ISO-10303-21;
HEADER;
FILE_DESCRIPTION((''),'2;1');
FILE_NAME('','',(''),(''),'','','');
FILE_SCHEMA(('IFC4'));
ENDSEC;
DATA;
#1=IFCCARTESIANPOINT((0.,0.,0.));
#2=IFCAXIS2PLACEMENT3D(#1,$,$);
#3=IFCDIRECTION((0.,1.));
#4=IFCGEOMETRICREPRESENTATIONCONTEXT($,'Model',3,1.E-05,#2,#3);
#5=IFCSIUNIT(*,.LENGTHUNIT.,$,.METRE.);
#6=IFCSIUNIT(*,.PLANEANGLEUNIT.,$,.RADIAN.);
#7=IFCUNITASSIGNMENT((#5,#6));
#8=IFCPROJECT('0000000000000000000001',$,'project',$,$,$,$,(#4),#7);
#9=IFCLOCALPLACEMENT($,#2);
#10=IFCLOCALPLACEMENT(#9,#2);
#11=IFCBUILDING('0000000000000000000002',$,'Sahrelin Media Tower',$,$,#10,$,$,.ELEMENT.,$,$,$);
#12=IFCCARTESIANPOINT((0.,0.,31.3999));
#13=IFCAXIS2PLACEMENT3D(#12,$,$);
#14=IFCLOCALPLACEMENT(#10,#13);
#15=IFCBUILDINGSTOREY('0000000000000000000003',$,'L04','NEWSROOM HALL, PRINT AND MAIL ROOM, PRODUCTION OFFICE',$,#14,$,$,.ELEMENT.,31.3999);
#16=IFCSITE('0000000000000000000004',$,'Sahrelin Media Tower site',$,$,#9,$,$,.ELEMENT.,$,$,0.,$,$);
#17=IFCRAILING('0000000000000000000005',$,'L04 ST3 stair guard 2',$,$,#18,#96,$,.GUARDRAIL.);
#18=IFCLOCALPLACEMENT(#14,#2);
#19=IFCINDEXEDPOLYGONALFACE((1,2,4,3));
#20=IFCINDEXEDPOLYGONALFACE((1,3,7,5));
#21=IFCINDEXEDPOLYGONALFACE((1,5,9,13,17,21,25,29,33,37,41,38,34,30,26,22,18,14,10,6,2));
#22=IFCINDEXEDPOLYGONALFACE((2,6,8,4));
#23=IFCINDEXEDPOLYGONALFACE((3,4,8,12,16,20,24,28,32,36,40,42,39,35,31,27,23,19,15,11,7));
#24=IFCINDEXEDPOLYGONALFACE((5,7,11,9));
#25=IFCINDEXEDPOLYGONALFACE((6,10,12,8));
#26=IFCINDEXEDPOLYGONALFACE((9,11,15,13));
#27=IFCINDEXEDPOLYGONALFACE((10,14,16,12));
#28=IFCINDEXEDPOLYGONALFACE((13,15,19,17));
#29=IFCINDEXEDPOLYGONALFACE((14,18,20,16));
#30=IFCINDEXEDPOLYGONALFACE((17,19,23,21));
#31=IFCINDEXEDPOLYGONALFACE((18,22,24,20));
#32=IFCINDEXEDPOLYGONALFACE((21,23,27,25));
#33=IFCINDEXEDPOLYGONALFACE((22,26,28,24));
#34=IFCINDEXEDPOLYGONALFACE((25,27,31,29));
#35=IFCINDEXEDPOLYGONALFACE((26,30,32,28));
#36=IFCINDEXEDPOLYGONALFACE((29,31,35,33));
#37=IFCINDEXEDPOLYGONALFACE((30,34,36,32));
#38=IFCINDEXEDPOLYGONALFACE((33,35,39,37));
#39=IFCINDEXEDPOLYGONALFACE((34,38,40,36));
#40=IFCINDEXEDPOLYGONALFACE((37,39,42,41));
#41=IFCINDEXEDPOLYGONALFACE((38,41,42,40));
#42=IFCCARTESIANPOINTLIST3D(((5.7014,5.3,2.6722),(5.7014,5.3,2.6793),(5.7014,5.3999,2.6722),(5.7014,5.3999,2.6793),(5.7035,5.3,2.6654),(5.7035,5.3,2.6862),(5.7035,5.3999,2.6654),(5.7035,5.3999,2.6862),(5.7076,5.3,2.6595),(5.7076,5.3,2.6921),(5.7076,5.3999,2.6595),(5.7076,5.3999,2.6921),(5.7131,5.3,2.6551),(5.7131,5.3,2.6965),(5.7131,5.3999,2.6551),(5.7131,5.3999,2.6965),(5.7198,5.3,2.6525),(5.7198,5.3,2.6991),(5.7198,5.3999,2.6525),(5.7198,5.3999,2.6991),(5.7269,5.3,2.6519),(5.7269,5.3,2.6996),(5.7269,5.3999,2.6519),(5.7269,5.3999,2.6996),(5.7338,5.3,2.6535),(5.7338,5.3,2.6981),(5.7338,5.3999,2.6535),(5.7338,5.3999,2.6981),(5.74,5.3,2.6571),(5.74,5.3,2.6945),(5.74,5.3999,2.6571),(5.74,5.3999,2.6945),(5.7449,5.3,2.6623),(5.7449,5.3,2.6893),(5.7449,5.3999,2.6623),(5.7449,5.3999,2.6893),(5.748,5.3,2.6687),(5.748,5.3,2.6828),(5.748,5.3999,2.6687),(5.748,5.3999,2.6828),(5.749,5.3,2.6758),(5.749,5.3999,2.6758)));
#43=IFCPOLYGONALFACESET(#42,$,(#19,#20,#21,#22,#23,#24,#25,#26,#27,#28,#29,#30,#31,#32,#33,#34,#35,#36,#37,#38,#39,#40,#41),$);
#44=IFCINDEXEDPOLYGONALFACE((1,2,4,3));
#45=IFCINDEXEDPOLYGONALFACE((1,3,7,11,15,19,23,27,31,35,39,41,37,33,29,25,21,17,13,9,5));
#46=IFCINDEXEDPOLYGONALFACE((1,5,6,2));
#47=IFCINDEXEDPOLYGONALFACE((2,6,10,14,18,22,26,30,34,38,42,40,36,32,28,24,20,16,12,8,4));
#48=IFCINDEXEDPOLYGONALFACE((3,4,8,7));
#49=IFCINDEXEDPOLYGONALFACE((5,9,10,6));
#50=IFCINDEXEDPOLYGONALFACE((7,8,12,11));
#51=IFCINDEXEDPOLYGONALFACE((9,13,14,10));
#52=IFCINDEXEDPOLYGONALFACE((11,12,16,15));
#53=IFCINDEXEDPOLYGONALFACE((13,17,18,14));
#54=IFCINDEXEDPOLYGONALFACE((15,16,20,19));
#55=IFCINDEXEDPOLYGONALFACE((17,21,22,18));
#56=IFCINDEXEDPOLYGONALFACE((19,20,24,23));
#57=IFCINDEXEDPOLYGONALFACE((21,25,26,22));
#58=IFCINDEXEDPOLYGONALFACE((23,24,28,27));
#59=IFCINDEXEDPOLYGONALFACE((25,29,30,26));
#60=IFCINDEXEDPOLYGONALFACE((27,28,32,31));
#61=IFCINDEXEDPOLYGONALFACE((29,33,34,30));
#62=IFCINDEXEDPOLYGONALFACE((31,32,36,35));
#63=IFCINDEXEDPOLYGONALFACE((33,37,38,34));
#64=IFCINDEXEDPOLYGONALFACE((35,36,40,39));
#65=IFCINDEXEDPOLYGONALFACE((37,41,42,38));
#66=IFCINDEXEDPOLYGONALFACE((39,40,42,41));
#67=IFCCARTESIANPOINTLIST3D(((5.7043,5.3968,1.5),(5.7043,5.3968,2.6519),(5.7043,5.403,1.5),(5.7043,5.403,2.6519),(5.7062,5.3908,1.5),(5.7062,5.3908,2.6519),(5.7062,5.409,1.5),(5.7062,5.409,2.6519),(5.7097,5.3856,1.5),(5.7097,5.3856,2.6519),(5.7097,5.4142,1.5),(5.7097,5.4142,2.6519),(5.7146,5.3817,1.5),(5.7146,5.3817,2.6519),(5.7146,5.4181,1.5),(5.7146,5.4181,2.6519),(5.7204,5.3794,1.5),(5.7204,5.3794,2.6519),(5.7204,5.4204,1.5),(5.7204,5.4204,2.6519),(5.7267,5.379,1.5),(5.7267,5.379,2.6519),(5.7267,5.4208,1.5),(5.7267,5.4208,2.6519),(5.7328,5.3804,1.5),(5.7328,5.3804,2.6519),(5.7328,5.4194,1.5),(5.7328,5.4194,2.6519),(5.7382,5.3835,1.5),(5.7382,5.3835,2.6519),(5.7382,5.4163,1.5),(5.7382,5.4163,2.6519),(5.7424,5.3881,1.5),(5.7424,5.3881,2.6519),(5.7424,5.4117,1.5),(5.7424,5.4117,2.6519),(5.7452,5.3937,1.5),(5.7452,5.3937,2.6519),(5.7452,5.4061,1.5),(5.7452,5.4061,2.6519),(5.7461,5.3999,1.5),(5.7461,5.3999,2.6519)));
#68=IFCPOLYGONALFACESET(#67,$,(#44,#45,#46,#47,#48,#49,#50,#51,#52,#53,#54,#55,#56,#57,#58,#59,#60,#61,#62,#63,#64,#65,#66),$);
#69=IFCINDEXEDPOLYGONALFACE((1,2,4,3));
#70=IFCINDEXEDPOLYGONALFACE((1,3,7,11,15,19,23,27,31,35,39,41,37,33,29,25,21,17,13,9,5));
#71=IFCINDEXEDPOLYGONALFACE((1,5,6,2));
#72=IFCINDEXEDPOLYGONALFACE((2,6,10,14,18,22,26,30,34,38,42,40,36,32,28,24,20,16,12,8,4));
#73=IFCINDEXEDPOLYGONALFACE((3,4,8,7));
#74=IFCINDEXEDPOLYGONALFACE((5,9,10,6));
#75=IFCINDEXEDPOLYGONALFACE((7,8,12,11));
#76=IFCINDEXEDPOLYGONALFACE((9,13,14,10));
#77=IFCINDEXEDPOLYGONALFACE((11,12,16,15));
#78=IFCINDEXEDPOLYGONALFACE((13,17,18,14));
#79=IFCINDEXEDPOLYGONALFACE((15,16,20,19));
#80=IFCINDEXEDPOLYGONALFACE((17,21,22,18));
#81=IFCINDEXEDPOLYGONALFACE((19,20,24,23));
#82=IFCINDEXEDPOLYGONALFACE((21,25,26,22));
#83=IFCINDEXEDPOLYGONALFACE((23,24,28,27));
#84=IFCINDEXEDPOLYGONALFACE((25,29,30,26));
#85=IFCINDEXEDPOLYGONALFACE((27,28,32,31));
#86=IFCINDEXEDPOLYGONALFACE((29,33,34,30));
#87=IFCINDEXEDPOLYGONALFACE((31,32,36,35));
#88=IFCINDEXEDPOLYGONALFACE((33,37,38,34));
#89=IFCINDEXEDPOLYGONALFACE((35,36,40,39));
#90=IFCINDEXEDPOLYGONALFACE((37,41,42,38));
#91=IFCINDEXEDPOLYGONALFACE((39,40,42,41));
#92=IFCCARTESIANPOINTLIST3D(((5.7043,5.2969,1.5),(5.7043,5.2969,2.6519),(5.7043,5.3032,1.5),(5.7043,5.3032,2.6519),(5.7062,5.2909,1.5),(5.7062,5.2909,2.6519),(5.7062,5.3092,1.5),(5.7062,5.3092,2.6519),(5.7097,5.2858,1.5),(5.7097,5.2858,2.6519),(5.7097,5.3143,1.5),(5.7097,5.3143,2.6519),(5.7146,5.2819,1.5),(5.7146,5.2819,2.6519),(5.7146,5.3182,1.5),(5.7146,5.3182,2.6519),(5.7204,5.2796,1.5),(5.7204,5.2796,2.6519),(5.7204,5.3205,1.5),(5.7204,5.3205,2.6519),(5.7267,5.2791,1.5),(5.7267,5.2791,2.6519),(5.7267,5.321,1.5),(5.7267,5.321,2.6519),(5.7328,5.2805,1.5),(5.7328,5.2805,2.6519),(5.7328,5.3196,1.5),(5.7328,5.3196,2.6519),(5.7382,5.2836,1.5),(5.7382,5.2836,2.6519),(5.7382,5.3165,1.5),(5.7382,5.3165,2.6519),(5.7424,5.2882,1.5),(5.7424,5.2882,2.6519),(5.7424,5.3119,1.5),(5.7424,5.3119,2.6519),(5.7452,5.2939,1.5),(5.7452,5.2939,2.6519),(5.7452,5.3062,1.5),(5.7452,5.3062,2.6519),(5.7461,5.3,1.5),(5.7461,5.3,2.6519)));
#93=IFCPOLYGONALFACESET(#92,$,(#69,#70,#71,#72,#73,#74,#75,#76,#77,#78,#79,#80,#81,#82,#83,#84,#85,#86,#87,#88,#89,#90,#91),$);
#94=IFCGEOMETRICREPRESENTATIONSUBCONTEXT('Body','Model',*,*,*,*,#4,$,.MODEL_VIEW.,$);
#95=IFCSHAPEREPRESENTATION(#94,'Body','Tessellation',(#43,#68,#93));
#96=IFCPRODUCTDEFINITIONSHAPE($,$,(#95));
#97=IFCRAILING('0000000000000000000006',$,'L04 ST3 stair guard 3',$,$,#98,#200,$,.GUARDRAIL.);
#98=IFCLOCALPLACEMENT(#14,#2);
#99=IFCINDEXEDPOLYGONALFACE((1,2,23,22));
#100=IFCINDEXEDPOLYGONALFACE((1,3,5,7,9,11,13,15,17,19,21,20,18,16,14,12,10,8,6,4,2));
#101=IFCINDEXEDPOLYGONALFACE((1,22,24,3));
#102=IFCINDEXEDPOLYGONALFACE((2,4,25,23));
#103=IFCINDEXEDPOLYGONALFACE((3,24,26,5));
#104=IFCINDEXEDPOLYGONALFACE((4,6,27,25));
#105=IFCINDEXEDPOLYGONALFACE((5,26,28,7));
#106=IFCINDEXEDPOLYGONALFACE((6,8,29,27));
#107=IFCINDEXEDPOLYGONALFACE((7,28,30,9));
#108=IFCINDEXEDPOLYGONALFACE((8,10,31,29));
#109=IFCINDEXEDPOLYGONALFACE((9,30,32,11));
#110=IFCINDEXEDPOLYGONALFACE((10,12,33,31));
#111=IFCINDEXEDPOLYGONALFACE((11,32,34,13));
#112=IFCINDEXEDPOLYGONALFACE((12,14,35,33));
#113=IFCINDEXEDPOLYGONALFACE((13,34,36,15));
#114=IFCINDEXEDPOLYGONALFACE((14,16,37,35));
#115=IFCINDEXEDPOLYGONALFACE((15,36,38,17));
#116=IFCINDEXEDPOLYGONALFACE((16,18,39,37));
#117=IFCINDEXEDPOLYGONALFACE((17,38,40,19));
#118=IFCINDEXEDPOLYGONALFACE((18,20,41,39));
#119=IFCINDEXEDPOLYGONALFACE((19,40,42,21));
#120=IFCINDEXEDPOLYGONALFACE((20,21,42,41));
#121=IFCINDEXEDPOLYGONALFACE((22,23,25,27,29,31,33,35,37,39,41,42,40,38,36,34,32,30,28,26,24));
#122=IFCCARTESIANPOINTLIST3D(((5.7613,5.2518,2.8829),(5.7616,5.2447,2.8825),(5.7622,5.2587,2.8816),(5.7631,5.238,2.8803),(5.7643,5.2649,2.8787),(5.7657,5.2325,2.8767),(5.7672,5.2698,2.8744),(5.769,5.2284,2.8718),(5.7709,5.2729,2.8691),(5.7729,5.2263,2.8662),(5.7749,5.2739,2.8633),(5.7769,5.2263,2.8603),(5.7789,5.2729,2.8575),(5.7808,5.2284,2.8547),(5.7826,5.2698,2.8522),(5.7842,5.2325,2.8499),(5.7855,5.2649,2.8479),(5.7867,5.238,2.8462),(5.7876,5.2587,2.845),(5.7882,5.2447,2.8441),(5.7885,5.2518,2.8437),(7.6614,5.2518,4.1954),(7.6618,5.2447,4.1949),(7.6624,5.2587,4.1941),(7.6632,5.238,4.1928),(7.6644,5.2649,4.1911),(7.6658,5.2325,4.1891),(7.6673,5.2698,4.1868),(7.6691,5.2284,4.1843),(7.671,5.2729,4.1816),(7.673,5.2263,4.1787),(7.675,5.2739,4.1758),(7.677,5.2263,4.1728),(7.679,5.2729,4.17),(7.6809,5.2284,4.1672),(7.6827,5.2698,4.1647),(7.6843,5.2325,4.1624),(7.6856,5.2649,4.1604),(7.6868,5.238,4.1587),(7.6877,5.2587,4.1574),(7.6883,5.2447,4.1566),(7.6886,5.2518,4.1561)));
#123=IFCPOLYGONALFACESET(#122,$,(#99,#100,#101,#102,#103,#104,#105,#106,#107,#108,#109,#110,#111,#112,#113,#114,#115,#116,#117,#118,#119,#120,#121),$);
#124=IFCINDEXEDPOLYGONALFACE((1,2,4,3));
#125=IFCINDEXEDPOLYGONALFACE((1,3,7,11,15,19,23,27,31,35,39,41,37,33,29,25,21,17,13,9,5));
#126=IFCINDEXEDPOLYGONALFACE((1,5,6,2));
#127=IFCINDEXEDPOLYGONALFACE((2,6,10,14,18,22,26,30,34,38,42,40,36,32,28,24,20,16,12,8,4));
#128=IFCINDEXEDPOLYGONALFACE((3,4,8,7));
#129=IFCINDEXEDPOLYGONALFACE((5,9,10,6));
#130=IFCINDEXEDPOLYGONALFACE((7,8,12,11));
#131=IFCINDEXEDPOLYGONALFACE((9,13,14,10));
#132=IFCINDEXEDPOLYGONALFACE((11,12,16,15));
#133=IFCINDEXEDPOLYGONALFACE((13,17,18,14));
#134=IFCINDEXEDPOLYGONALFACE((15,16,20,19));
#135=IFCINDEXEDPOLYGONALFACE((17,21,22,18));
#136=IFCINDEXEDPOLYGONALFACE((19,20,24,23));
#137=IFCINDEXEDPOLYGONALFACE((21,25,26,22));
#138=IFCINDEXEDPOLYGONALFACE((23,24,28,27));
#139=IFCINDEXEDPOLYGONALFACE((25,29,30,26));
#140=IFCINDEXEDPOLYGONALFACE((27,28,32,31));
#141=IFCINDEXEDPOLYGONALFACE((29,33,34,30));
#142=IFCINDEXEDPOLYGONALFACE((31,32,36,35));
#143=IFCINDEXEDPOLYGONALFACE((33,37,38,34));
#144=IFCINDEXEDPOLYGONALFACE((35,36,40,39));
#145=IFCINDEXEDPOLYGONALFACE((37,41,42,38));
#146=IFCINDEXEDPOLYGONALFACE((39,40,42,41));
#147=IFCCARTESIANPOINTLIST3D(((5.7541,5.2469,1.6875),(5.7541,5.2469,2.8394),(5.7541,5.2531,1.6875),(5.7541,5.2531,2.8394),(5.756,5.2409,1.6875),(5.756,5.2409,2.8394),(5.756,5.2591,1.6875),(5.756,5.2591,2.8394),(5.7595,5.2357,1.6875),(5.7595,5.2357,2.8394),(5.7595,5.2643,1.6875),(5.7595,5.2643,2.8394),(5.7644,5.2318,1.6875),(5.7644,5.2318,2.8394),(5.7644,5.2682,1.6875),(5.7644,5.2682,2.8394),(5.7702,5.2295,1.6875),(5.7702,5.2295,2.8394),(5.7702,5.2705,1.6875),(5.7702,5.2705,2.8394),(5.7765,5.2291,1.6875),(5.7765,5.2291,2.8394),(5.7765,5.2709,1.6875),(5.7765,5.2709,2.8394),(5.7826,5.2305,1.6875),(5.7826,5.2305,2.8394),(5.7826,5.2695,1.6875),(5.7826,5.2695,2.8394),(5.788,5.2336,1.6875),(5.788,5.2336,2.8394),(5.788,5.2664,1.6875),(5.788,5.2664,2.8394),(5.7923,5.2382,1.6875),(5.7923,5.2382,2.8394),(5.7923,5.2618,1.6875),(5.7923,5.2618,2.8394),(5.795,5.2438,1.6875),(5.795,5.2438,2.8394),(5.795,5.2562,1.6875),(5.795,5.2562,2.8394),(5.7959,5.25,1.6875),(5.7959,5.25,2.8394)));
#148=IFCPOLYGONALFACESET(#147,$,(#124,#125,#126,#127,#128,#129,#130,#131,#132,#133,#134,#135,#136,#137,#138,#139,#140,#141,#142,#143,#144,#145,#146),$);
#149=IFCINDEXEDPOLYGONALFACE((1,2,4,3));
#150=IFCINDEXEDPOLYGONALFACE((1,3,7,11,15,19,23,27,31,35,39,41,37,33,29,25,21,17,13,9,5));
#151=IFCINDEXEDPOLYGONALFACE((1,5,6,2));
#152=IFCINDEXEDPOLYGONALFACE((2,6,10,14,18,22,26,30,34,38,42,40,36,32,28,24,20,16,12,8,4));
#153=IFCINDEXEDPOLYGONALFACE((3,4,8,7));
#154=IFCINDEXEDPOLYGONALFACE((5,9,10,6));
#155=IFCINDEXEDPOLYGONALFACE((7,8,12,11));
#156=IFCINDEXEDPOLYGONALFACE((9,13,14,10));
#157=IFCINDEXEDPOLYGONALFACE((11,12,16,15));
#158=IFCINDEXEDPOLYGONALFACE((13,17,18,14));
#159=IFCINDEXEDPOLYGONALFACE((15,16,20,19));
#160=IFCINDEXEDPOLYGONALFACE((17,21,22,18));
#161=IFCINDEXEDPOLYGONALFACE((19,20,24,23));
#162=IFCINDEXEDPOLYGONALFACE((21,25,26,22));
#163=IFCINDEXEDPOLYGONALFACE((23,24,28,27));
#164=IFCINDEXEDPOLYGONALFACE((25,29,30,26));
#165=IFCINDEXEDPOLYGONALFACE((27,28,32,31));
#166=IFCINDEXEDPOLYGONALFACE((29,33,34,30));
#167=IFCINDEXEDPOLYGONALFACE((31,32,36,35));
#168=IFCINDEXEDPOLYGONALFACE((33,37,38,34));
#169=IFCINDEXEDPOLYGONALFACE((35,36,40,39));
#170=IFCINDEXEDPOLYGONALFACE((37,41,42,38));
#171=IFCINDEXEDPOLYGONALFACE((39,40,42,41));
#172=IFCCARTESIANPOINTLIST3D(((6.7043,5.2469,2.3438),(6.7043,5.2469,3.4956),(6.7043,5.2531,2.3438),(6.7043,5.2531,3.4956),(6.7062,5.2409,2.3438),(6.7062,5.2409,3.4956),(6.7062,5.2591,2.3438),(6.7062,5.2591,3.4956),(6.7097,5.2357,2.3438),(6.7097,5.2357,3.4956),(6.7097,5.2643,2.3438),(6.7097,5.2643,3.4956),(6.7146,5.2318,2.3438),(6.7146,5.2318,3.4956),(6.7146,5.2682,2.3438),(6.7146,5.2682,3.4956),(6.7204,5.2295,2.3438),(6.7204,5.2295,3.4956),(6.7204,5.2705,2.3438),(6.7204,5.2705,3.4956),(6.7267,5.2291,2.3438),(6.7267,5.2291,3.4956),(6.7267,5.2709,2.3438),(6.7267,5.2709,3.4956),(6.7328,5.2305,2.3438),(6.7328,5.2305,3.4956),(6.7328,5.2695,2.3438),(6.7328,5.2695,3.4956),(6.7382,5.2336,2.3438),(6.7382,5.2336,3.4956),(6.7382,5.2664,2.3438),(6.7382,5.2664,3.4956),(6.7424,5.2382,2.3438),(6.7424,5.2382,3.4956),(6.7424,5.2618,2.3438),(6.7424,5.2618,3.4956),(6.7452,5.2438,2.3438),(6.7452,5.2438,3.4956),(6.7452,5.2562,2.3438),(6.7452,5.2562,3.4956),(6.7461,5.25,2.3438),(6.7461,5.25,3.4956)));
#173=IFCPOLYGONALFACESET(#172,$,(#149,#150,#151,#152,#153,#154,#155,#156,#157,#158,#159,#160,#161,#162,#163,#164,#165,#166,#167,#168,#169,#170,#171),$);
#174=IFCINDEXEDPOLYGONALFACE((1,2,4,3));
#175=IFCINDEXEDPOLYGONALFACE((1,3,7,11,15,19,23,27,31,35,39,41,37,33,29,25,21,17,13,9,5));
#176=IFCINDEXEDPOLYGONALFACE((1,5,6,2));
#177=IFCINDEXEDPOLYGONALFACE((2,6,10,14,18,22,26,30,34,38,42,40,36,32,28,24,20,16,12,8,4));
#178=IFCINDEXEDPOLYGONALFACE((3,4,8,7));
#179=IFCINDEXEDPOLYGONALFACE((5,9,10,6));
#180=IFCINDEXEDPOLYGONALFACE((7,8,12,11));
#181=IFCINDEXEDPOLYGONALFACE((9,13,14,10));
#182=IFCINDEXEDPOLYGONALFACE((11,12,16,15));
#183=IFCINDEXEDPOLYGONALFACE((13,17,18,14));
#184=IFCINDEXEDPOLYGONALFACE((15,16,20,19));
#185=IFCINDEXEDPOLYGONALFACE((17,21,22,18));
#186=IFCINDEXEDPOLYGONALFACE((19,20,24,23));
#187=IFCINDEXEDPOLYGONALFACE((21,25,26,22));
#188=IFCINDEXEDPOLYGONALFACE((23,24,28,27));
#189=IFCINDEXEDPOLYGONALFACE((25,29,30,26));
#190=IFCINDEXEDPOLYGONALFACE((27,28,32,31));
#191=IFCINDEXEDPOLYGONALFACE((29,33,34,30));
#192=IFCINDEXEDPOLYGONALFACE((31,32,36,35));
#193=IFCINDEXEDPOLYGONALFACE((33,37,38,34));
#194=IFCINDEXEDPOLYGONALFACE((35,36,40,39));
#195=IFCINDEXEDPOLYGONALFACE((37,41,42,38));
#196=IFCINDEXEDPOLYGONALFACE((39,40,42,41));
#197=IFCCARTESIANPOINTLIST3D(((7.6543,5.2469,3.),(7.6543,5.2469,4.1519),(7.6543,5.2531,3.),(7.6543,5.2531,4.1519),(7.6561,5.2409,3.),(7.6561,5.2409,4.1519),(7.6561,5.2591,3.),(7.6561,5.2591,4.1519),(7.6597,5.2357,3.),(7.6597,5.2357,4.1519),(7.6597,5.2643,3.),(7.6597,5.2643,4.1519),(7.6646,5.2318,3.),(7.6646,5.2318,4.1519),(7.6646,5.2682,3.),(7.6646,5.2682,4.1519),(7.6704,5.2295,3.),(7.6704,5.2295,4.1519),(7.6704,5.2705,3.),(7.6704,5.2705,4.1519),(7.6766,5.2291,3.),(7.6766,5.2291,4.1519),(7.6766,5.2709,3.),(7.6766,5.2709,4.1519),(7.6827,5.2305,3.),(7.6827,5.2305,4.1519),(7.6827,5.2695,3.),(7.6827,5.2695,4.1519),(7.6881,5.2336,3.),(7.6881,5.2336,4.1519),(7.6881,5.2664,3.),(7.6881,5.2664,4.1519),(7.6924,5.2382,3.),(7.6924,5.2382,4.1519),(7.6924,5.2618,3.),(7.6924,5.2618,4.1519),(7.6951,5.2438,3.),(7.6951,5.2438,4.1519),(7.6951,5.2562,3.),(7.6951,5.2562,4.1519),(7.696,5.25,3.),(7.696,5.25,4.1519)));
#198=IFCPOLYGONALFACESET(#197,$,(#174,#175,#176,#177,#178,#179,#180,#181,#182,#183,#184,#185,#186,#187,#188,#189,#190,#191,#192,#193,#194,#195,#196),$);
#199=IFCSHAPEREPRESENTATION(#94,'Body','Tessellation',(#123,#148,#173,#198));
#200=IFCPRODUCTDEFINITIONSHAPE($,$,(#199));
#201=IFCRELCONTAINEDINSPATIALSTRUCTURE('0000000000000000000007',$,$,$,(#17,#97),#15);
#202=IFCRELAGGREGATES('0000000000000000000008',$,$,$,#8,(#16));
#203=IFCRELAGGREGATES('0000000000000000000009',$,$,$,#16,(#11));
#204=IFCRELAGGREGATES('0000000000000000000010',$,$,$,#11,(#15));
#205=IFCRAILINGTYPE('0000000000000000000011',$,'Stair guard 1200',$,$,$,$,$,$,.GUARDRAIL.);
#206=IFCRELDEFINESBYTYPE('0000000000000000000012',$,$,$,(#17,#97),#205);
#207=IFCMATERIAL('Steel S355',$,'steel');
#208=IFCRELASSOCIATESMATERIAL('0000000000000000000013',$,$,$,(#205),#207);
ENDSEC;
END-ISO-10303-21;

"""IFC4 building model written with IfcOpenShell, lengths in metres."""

from ifc_helpers import new_model, si_unit, direction, frame, origin, origin_2d, place, context, subcontext, project, spatial, circle, extrude, material, type_object, element, save


model = new_model("IFC4")

# Units and contexts
model_context = context("Model", 3, precision=1e-05, world=origin(), true_north=direction((0.0, 1.0)))
body_context = subcontext(model_context, "Body", "Model", "MODEL_VIEW")
ifc_project = project(units=[si_unit("LENGTHUNIT", "METRE"), si_unit("PLANEANGLEUNIT", "RADIAN")], contexts=[model_context])

# Site, building, storey
site_placement = place(None, origin())
site = spatial("IfcSite", under=ifc_project, at=site_placement, Name="Sahrelin Media Tower site", CompositionType="ELEMENT", RefElevation=0.0)
building_placement = place(site_placement, origin())
building = spatial("IfcBuilding", under=site, at=building_placement, Name="Sahrelin Media Tower", CompositionType="ELEMENT")
storey_placement = place(building_placement, frame((0.0, 0.0, 31.3999)))
storey = spatial("IfcBuildingStorey", under=building, at=storey_placement, Name="L04", Description="NEWSROOM HALL, PRINT AND MAIL ROOM, PRODUCTION OFFICE", CompositionType="ELEMENT", Elevation=31.3999)

# Shared definitions
ifc_material_1 = material(Name="Steel S355", Category="steel")

# Railings
railing_type_1 = type_object("IfcRailingType", Name="Stair guard 1200", PredefinedType="GUARDRAIL", material=ifc_material_1)
railing_1_placement = place(storey_placement, frame((5.7251, 5.3999, 1.5)))
element("IfcRailing", 1, at=railing_1_placement, inside=storey, type_object=railing_type_1, Name="L04 ST3 stair guard 2", PredefinedType="GUARDRAIL", context=body_context, shape_type="SweptSolid", body=[
    extrude(circle(Radius=0.0239, at=origin_2d()), frame((0.0, 0.0, 1.1758), z_axis=(0.0, -1.0, 0.0), x_axis=(1.0, 0.0, 0.0)), (0.0, 0.0, 1.0), 0.0999),
    extrude(circle(Radius=0.021, at=origin_2d()), origin(), (0.0, 0.0, 1.0), 1.1519),
    extrude(circle(Radius=0.021, at=origin_2d()), frame((0.0, -0.0999, 0.0)), (0.0, 0.0, 1.0), 1.1519),
])
railing_2_placement = place(storey_placement, frame((5.7749, 5.25, 1.6875)))
element("IfcRailing", 2, at=railing_2_placement, inside=storey, type_object=railing_type_1, Name="L04 ST3 stair guard 3", PredefinedType="GUARDRAIL", context=body_context, shape_type="SweptSolid", body=[
    extrude(circle(Radius=0.0239, at=origin_2d()), frame((0.0, 0.0, 1.1758), z_axis=(0.822797, 0.0, 0.568336), x_axis=(0.0, 1.0, 0.0)), (0.0, 0.0, 1.0), 2.3093),
    extrude(circle(Radius=0.021, at=origin_2d()), origin(), (0.0, 0.0, 1.0), 1.1519),
    extrude(circle(Radius=0.021, at=origin_2d()), frame((0.9502, 0.0, 0.6562)), (0.0, 0.0, 1.0), 1.1519),
    extrude(circle(Radius=0.021, at=origin_2d()), frame((1.9001, 0.0, 1.3125)), (0.0, 0.0, 1.0), 1.1519),
])

save(model, "model.ifc")
